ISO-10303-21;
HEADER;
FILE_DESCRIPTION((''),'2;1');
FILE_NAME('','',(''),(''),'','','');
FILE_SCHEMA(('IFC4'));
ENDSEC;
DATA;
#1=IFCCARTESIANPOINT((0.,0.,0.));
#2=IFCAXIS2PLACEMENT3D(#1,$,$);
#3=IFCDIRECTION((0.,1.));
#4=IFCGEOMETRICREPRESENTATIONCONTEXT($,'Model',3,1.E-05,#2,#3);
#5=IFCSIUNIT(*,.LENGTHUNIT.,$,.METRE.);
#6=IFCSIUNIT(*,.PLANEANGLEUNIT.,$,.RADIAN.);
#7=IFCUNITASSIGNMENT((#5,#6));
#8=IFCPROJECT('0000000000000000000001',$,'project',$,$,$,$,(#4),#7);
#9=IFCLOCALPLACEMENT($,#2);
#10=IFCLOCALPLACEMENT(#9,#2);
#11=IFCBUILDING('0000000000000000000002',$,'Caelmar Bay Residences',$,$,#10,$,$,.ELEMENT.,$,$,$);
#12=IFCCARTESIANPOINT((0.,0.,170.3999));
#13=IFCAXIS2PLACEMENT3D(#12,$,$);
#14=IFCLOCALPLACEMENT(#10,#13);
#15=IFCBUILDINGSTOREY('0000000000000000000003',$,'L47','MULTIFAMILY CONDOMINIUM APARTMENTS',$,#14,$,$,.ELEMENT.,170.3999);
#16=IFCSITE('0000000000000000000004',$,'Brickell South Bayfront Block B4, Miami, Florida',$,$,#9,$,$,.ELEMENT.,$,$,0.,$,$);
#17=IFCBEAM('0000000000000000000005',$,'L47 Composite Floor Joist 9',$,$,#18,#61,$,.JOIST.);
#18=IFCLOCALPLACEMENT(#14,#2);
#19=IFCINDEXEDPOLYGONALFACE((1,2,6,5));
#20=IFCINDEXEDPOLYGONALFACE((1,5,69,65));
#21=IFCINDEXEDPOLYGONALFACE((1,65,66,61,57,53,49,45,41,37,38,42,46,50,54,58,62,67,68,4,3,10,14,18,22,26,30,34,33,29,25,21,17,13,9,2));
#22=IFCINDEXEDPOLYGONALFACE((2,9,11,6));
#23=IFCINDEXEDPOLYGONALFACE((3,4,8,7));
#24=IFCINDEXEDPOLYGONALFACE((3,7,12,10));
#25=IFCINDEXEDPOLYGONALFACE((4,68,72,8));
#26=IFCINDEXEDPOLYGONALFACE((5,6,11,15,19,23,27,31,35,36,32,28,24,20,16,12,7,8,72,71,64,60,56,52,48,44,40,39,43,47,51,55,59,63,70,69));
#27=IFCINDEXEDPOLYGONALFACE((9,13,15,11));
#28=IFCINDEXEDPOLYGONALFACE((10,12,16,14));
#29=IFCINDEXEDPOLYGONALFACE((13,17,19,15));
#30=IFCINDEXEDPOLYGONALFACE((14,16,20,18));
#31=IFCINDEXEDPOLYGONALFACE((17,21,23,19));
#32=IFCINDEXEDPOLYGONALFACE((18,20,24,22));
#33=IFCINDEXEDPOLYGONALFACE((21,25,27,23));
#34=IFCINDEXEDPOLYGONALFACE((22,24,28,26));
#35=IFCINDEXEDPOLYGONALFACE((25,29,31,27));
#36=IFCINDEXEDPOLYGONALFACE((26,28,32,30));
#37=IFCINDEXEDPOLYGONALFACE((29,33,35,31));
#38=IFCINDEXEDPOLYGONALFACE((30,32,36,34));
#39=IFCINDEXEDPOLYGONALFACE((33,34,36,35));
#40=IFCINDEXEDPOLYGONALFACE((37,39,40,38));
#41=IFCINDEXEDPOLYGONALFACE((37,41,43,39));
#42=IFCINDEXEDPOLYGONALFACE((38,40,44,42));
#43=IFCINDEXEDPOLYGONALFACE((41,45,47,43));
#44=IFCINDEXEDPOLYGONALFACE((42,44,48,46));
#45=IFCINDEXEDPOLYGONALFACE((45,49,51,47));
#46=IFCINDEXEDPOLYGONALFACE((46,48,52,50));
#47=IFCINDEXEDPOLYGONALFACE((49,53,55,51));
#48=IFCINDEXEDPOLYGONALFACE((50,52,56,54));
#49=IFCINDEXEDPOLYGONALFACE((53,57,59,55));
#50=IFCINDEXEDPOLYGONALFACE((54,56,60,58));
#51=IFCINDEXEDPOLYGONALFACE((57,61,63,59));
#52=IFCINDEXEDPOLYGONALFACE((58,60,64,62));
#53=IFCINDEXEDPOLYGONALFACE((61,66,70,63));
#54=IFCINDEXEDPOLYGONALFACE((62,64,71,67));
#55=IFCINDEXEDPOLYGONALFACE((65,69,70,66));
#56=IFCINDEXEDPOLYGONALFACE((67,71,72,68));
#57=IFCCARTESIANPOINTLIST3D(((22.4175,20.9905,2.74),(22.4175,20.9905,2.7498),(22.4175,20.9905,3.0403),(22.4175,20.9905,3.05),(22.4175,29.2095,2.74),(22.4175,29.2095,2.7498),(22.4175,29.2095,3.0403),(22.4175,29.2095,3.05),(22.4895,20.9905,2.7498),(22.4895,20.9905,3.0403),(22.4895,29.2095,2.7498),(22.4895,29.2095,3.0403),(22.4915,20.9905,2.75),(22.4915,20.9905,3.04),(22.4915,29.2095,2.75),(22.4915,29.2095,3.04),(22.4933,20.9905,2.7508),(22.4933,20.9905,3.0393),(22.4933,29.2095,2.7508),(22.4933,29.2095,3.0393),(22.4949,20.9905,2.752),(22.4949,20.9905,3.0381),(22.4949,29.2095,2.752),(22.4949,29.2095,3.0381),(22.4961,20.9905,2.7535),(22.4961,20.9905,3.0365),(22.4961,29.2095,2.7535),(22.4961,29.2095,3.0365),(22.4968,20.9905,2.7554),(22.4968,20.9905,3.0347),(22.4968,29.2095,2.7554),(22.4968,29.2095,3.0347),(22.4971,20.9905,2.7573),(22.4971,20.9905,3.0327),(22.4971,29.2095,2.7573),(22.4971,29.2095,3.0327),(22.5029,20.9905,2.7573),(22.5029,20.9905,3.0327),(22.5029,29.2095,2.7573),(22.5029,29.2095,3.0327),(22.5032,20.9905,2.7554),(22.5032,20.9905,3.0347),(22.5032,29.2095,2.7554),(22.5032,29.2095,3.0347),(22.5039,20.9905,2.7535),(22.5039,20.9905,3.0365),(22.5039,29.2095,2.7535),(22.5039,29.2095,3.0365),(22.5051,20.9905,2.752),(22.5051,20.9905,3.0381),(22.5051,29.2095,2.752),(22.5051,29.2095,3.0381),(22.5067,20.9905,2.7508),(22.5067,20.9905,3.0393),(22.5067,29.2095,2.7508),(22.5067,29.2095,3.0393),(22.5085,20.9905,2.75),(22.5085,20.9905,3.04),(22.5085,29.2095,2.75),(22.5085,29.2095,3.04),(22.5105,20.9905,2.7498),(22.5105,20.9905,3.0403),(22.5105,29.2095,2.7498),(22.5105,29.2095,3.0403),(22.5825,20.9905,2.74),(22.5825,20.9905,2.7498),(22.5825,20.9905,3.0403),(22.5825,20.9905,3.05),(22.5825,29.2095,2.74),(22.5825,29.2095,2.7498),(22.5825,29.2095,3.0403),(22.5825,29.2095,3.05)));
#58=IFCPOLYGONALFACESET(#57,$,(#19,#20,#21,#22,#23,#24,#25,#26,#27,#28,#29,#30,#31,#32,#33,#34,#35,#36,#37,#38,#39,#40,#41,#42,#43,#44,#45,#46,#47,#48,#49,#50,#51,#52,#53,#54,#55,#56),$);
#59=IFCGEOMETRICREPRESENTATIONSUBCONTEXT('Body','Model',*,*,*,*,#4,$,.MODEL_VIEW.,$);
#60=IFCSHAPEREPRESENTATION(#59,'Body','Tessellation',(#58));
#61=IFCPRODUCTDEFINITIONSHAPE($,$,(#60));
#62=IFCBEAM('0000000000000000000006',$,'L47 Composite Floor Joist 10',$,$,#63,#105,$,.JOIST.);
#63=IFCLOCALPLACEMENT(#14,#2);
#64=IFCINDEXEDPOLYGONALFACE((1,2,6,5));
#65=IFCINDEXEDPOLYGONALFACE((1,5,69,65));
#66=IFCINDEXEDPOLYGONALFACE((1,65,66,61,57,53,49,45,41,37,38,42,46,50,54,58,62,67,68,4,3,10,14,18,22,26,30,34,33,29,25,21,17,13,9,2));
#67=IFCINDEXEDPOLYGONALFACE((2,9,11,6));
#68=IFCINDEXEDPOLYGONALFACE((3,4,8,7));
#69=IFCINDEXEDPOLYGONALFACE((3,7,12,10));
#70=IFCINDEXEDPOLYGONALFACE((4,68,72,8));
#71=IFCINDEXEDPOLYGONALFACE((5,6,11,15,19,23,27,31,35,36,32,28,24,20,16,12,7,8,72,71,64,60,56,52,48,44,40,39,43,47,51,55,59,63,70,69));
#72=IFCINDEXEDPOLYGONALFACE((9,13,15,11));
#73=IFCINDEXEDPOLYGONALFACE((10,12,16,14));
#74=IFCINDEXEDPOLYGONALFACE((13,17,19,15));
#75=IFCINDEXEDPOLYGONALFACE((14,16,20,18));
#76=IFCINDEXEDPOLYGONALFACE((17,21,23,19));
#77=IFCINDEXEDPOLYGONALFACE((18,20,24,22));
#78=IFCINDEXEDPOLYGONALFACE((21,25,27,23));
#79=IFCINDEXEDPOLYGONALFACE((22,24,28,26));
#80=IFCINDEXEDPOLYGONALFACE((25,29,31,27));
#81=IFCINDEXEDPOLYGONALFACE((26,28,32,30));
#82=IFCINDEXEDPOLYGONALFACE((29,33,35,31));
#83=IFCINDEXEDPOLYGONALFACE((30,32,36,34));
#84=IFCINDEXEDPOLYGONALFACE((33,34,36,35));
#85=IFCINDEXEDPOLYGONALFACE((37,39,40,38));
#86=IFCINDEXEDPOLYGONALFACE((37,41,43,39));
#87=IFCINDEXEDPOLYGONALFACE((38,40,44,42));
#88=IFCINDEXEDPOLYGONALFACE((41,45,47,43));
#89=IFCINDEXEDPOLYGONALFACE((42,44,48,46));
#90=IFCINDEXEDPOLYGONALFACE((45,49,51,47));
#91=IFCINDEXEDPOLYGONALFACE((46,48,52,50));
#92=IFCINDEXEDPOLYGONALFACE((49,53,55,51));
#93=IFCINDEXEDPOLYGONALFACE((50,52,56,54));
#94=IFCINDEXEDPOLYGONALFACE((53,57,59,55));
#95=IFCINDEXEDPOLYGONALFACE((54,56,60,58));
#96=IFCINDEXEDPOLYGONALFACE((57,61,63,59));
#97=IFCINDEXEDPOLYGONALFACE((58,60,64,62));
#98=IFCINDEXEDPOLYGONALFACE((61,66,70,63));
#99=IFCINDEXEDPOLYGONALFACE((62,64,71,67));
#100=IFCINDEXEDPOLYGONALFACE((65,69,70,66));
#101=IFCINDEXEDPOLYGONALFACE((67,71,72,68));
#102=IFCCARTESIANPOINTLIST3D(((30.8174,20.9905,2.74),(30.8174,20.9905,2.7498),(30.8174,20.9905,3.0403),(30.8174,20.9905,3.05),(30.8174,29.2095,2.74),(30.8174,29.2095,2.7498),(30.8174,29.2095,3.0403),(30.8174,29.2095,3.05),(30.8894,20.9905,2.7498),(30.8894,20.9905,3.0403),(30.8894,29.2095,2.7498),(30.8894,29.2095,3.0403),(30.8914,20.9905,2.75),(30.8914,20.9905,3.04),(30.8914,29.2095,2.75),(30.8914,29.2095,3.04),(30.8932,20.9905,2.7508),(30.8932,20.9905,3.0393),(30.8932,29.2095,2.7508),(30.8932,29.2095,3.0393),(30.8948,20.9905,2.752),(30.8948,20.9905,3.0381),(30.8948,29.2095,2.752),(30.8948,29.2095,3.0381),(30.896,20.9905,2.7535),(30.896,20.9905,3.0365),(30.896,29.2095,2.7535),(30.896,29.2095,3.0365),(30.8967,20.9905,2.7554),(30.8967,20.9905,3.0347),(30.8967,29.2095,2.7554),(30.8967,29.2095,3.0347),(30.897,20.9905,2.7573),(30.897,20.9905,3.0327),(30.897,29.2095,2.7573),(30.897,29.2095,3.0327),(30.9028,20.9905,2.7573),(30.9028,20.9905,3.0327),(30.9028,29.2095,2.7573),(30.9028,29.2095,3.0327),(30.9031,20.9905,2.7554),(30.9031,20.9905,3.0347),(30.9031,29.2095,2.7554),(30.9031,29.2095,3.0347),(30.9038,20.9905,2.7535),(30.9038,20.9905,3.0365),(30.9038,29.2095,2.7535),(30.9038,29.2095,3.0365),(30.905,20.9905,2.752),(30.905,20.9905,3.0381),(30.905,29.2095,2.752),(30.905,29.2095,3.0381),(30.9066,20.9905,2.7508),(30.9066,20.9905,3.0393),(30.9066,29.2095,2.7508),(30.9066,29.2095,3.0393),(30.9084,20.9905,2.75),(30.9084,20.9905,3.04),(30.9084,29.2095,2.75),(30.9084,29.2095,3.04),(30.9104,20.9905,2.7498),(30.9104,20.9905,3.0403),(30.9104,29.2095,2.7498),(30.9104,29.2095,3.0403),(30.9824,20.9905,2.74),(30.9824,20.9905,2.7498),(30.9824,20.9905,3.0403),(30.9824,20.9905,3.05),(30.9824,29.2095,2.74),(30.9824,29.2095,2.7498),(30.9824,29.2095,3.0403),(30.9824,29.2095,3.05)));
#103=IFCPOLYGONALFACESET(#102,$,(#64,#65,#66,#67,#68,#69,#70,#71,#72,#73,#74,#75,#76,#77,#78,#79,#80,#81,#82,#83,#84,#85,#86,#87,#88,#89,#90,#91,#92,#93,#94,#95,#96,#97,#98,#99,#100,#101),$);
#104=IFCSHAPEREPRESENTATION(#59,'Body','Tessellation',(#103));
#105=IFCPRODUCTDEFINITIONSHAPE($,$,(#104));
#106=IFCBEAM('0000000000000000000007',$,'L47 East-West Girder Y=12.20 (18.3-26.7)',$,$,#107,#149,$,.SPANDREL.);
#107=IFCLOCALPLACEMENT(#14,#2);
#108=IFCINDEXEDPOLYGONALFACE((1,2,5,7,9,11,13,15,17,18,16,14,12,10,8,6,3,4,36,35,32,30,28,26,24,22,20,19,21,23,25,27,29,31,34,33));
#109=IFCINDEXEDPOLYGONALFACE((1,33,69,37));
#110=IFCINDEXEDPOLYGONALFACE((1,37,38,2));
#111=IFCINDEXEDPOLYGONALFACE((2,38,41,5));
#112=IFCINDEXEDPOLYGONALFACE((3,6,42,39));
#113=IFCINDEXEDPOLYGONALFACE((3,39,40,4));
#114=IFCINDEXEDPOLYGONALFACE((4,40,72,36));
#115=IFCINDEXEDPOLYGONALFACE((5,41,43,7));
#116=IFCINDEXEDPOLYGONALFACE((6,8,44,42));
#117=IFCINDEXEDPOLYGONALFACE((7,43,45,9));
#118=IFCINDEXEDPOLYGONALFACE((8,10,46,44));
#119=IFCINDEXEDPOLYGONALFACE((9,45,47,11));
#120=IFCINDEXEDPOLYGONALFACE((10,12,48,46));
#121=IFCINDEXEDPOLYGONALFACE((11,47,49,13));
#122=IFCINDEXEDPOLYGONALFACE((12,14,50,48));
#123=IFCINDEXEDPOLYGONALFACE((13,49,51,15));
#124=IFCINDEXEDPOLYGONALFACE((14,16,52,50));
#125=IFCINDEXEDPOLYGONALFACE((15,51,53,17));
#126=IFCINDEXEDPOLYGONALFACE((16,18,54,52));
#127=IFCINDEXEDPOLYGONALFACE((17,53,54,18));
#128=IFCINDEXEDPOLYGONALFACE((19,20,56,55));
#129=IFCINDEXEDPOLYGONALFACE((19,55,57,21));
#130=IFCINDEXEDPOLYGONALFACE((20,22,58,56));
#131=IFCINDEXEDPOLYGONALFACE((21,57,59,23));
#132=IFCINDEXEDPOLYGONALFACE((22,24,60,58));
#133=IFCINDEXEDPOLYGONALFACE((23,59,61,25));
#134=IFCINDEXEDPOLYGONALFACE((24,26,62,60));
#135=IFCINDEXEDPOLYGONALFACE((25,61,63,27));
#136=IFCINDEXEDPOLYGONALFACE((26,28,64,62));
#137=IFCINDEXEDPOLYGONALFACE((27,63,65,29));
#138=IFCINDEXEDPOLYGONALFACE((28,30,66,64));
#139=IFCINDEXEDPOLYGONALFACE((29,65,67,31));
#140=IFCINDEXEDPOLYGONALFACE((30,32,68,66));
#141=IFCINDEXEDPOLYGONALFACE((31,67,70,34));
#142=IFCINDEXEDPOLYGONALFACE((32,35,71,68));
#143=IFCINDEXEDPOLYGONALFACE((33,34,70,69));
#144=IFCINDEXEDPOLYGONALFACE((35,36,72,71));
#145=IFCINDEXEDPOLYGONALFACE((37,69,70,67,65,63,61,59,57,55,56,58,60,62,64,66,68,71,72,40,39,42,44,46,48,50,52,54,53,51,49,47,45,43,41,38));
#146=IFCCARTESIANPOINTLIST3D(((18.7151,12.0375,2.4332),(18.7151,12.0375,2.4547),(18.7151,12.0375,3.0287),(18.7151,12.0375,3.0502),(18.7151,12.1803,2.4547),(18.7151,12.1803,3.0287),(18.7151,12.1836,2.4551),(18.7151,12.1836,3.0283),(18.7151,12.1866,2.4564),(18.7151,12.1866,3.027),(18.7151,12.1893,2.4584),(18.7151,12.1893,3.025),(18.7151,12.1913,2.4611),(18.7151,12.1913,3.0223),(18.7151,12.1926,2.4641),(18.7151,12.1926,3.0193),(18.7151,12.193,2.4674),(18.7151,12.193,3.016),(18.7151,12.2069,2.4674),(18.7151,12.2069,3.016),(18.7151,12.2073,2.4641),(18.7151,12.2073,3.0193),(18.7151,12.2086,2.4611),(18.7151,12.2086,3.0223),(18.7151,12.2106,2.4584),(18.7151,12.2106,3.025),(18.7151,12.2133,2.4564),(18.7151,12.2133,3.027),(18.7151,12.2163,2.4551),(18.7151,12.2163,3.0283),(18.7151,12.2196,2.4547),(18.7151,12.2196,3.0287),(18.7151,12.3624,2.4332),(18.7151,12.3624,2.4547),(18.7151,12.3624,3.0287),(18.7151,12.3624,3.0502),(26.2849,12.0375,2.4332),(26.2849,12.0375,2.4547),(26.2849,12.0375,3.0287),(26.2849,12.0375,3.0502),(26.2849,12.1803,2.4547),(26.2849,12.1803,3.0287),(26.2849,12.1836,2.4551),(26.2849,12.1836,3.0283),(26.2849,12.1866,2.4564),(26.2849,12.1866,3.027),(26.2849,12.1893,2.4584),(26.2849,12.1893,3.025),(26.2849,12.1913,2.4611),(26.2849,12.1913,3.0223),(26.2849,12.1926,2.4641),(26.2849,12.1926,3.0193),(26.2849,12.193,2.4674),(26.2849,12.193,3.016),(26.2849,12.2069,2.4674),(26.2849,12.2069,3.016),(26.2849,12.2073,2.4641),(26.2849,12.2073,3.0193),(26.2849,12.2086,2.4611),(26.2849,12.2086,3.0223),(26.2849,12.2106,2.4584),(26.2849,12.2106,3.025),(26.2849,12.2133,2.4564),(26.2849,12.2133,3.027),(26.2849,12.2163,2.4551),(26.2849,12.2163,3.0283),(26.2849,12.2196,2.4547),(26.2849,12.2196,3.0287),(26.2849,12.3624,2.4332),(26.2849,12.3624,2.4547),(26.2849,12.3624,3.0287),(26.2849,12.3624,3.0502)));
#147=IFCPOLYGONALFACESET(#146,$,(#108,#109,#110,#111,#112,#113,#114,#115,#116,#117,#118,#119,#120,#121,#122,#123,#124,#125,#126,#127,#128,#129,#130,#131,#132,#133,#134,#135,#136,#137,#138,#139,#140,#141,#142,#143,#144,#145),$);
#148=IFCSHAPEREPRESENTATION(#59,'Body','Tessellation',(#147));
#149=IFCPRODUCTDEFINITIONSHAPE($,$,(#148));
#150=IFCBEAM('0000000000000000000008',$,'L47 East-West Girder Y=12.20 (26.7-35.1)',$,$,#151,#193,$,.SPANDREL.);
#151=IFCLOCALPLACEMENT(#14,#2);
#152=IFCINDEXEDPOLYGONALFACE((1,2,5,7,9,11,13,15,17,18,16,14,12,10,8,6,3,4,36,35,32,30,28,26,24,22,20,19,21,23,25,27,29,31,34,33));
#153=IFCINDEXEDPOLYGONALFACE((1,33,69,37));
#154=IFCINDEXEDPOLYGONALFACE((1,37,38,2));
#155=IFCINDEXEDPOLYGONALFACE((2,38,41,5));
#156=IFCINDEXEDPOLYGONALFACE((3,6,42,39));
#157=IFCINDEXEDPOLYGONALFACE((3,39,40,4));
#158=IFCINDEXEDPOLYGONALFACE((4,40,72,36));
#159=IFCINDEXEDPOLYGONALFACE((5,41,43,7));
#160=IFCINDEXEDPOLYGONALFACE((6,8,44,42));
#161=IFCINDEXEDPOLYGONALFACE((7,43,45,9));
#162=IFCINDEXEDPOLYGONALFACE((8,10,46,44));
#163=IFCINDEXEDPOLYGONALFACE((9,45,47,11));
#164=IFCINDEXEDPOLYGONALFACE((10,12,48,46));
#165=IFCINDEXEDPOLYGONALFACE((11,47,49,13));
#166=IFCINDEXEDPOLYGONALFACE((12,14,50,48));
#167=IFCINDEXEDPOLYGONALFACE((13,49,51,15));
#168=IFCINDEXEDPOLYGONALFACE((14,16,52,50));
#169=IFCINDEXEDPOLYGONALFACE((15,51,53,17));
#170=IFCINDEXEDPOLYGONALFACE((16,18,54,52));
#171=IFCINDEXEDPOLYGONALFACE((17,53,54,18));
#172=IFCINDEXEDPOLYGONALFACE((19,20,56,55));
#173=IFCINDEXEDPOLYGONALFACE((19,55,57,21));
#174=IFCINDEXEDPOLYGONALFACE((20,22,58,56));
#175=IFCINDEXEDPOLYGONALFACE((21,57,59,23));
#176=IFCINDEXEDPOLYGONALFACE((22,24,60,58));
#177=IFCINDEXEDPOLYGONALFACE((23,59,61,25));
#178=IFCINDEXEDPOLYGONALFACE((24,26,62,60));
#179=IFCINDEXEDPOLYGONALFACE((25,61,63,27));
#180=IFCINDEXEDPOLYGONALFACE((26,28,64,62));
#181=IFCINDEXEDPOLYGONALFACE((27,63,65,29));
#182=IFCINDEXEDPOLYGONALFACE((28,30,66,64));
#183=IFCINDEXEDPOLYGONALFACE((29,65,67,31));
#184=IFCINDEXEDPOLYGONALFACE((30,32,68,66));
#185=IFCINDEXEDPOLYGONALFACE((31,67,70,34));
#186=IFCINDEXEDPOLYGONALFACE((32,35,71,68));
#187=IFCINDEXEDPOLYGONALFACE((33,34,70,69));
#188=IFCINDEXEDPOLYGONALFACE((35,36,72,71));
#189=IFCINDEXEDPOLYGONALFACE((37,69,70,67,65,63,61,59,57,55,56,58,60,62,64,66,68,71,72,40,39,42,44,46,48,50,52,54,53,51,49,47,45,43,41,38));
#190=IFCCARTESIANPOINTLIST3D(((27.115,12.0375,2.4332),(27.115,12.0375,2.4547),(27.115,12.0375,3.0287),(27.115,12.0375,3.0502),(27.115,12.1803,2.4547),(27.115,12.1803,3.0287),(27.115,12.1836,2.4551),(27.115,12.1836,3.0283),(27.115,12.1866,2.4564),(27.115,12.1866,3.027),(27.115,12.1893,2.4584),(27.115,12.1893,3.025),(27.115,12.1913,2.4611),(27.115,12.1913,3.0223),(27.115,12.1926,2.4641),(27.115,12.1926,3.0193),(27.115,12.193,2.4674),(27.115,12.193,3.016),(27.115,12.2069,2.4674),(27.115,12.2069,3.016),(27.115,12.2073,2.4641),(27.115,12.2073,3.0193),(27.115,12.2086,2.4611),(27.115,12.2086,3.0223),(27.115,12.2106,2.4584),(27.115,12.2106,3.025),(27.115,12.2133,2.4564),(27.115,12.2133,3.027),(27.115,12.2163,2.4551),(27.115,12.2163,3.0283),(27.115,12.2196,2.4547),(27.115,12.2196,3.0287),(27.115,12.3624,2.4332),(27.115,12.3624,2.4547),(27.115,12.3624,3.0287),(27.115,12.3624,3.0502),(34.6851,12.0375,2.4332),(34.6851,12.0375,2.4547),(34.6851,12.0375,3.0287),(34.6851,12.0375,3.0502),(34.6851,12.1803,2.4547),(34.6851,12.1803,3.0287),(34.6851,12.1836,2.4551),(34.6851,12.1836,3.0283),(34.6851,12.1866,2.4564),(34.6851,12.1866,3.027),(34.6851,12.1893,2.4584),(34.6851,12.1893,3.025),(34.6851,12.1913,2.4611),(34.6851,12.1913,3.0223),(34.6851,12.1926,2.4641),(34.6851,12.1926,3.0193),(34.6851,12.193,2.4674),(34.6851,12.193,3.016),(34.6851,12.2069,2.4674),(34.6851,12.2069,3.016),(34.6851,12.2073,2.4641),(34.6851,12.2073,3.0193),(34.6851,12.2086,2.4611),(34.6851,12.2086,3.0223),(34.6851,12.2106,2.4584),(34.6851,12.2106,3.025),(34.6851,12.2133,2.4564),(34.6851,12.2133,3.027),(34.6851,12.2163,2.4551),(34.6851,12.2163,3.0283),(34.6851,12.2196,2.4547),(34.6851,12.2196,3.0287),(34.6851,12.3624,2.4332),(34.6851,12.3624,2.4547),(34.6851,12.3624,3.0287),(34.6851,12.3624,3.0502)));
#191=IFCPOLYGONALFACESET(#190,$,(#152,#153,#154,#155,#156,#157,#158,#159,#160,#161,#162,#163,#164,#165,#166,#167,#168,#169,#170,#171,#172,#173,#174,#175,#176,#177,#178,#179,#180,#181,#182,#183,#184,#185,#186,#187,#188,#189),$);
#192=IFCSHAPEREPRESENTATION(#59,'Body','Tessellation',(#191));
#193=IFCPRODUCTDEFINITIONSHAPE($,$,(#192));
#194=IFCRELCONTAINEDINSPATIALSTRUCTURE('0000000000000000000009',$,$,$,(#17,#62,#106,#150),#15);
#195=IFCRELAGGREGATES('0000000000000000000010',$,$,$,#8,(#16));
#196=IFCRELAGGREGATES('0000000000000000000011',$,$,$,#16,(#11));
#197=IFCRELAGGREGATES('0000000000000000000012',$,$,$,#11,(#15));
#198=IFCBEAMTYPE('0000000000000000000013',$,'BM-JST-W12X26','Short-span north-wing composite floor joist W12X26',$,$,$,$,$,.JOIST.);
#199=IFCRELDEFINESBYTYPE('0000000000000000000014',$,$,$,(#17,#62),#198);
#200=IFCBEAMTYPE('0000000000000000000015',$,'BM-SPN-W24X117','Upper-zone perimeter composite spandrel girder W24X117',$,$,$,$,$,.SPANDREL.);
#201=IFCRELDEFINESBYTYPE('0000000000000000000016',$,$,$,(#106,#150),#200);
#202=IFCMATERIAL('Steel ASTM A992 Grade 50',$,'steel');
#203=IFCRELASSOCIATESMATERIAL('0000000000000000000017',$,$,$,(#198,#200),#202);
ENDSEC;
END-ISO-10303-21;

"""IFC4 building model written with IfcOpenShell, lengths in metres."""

from ifc_helpers import new_model, si_unit, direction, frame, origin, origin_2d, place, context, subcontext, project, spatial, i_section, extrude, material, material_profile, profile_set, type_object, element, save


model = new_model("IFC4")

# Units and contexts
model_context = context("Model", 3, precision=1e-05, world=origin(), true_north=direction((0.0, 1.0)))
body_context = subcontext(model_context, "Body", "Model", "MODEL_VIEW")
ifc_project = project(units=[si_unit("LENGTHUNIT", "METRE"), si_unit("PLANEANGLEUNIT", "RADIAN")], contexts=[model_context])

# Site, building, storey
site_placement = place(None, origin())
site = spatial("IfcSite", under=ifc_project, at=site_placement, Name="Brickell South Bayfront Block B4, Miami, Florida", CompositionType="ELEMENT", RefElevation=0.0)
building_placement = place(site_placement, origin())
building = spatial("IfcBuilding", under=site, at=building_placement, Name="Caelmar Bay Residences", CompositionType="ELEMENT")
storey_placement = place(building_placement, frame((0.0, 0.0, 170.3999)))
storey = spatial("IfcBuildingStorey", under=building, at=storey_placement, Name="L47", Description="MULTIFAMILY CONDOMINIUM APARTMENTS", CompositionType="ELEMENT", Elevation=170.3999)

# Beams
ifc_material_1 = material(Name="Steel ASTM A992 Grade 50", Category="steel")
ifc_material_profile_1 = material_profile(ifc_material_1, i_section(OverallWidth=0.165, OverallDepth=0.3101, WebThickness=0.0059, FlangeThickness=0.0098, FilletRadius=0.0076, at=origin_2d()), Name="W12X26")
ifc_profile_set_1 = profile_set([ifc_material_profile_1], Name="Steel ASTM A992 Grade 50")
beam_type_1 = type_object("IfcBeamType", Name="BM-JST-W12X26", Description="Short-span north-wing composite floor joist W12X26", PredefinedType="JOIST", material=ifc_profile_set_1)
for number, where, z_axis, x_axis, name in (
    (1, (22.5, 20.9905, 2.895), (0.0, 1.0, 0.0), (-1.0, 0.0, 0.0), "L47 Composite Floor Joist 9"),
    (2, (30.8999, 20.9905, 2.895), (0.0, 1.0, 0.0), (-1.0, 0.0, 0.0), "L47 Composite Floor Joist 10"),
):
    element("IfcBeam", number, at=place(storey_placement, frame(where, z_axis=z_axis, x_axis=x_axis)), inside=storey, type_object=beam_type_1, Name=name, PredefinedType="JOIST", context=body_context, shape_type="SweptSolid", body=[
        extrude(i_section(OverallWidth=0.165, OverallDepth=0.3101, WebThickness=0.0059, FlangeThickness=0.0098, FilletRadius=0.0076, at=origin_2d()), origin(), (0.0, 0.0, 1.0), 8.219),
    ])
ifc_material_profile_2 = material_profile(ifc_material_1, i_section(OverallWidth=0.325, OverallDepth=0.6169, WebThickness=0.0139, FlangeThickness=0.0215, FilletRadius=0.0127, at=origin_2d()), Name="W24X117")
ifc_profile_set_2 = profile_set([ifc_material_profile_2], Name="Steel ASTM A992 Grade 50")
beam_type_2 = type_object("IfcBeamType", Name="BM-SPN-W24X117", Description="Upper-zone perimeter composite spandrel girder W24X117", PredefinedType="SPANDREL", material=ifc_profile_set_2)
beam_1_placement = place(storey_placement, frame((18.7151, 12.2, 2.7417), z_axis=(1.0, 0.0, 0.0), x_axis=(0.0, 1.0, 0.0)))
element("IfcBeam", 3, at=beam_1_placement, inside=storey, type_object=beam_type_2, Name="L47 East-West Girder Y=12.20 (18.3-26.7)", PredefinedType="SPANDREL", context=body_context, shape_type="SweptSolid", body=[
    extrude(i_section(OverallWidth=0.325, OverallDepth=0.6169, WebThickness=0.0139, FlangeThickness=0.0215, FilletRadius=0.0127, at=origin_2d()), origin(), (0.0, 0.0, 1.0), 7.5698),
])
beam_2_placement = place(storey_placement, frame((27.115, 12.2, 2.7417), z_axis=(1.0, 0.0, 0.0), x_axis=(0.0, 1.0, 0.0)))
element("IfcBeam", 4, at=beam_2_placement, inside=storey, type_object=beam_type_2, Name="L47 East-West Girder Y=12.20 (26.7-35.1)", PredefinedType="SPANDREL", context=body_context, shape_type="SweptSolid", body=[
    extrude(i_section(OverallWidth=0.325, OverallDepth=0.6169, WebThickness=0.0139, FlangeThickness=0.0215, FilletRadius=0.0127, at=origin_2d()), origin(), (0.0, 0.0, 1.0), 7.5701),
])

save(model, "model.ifc")
